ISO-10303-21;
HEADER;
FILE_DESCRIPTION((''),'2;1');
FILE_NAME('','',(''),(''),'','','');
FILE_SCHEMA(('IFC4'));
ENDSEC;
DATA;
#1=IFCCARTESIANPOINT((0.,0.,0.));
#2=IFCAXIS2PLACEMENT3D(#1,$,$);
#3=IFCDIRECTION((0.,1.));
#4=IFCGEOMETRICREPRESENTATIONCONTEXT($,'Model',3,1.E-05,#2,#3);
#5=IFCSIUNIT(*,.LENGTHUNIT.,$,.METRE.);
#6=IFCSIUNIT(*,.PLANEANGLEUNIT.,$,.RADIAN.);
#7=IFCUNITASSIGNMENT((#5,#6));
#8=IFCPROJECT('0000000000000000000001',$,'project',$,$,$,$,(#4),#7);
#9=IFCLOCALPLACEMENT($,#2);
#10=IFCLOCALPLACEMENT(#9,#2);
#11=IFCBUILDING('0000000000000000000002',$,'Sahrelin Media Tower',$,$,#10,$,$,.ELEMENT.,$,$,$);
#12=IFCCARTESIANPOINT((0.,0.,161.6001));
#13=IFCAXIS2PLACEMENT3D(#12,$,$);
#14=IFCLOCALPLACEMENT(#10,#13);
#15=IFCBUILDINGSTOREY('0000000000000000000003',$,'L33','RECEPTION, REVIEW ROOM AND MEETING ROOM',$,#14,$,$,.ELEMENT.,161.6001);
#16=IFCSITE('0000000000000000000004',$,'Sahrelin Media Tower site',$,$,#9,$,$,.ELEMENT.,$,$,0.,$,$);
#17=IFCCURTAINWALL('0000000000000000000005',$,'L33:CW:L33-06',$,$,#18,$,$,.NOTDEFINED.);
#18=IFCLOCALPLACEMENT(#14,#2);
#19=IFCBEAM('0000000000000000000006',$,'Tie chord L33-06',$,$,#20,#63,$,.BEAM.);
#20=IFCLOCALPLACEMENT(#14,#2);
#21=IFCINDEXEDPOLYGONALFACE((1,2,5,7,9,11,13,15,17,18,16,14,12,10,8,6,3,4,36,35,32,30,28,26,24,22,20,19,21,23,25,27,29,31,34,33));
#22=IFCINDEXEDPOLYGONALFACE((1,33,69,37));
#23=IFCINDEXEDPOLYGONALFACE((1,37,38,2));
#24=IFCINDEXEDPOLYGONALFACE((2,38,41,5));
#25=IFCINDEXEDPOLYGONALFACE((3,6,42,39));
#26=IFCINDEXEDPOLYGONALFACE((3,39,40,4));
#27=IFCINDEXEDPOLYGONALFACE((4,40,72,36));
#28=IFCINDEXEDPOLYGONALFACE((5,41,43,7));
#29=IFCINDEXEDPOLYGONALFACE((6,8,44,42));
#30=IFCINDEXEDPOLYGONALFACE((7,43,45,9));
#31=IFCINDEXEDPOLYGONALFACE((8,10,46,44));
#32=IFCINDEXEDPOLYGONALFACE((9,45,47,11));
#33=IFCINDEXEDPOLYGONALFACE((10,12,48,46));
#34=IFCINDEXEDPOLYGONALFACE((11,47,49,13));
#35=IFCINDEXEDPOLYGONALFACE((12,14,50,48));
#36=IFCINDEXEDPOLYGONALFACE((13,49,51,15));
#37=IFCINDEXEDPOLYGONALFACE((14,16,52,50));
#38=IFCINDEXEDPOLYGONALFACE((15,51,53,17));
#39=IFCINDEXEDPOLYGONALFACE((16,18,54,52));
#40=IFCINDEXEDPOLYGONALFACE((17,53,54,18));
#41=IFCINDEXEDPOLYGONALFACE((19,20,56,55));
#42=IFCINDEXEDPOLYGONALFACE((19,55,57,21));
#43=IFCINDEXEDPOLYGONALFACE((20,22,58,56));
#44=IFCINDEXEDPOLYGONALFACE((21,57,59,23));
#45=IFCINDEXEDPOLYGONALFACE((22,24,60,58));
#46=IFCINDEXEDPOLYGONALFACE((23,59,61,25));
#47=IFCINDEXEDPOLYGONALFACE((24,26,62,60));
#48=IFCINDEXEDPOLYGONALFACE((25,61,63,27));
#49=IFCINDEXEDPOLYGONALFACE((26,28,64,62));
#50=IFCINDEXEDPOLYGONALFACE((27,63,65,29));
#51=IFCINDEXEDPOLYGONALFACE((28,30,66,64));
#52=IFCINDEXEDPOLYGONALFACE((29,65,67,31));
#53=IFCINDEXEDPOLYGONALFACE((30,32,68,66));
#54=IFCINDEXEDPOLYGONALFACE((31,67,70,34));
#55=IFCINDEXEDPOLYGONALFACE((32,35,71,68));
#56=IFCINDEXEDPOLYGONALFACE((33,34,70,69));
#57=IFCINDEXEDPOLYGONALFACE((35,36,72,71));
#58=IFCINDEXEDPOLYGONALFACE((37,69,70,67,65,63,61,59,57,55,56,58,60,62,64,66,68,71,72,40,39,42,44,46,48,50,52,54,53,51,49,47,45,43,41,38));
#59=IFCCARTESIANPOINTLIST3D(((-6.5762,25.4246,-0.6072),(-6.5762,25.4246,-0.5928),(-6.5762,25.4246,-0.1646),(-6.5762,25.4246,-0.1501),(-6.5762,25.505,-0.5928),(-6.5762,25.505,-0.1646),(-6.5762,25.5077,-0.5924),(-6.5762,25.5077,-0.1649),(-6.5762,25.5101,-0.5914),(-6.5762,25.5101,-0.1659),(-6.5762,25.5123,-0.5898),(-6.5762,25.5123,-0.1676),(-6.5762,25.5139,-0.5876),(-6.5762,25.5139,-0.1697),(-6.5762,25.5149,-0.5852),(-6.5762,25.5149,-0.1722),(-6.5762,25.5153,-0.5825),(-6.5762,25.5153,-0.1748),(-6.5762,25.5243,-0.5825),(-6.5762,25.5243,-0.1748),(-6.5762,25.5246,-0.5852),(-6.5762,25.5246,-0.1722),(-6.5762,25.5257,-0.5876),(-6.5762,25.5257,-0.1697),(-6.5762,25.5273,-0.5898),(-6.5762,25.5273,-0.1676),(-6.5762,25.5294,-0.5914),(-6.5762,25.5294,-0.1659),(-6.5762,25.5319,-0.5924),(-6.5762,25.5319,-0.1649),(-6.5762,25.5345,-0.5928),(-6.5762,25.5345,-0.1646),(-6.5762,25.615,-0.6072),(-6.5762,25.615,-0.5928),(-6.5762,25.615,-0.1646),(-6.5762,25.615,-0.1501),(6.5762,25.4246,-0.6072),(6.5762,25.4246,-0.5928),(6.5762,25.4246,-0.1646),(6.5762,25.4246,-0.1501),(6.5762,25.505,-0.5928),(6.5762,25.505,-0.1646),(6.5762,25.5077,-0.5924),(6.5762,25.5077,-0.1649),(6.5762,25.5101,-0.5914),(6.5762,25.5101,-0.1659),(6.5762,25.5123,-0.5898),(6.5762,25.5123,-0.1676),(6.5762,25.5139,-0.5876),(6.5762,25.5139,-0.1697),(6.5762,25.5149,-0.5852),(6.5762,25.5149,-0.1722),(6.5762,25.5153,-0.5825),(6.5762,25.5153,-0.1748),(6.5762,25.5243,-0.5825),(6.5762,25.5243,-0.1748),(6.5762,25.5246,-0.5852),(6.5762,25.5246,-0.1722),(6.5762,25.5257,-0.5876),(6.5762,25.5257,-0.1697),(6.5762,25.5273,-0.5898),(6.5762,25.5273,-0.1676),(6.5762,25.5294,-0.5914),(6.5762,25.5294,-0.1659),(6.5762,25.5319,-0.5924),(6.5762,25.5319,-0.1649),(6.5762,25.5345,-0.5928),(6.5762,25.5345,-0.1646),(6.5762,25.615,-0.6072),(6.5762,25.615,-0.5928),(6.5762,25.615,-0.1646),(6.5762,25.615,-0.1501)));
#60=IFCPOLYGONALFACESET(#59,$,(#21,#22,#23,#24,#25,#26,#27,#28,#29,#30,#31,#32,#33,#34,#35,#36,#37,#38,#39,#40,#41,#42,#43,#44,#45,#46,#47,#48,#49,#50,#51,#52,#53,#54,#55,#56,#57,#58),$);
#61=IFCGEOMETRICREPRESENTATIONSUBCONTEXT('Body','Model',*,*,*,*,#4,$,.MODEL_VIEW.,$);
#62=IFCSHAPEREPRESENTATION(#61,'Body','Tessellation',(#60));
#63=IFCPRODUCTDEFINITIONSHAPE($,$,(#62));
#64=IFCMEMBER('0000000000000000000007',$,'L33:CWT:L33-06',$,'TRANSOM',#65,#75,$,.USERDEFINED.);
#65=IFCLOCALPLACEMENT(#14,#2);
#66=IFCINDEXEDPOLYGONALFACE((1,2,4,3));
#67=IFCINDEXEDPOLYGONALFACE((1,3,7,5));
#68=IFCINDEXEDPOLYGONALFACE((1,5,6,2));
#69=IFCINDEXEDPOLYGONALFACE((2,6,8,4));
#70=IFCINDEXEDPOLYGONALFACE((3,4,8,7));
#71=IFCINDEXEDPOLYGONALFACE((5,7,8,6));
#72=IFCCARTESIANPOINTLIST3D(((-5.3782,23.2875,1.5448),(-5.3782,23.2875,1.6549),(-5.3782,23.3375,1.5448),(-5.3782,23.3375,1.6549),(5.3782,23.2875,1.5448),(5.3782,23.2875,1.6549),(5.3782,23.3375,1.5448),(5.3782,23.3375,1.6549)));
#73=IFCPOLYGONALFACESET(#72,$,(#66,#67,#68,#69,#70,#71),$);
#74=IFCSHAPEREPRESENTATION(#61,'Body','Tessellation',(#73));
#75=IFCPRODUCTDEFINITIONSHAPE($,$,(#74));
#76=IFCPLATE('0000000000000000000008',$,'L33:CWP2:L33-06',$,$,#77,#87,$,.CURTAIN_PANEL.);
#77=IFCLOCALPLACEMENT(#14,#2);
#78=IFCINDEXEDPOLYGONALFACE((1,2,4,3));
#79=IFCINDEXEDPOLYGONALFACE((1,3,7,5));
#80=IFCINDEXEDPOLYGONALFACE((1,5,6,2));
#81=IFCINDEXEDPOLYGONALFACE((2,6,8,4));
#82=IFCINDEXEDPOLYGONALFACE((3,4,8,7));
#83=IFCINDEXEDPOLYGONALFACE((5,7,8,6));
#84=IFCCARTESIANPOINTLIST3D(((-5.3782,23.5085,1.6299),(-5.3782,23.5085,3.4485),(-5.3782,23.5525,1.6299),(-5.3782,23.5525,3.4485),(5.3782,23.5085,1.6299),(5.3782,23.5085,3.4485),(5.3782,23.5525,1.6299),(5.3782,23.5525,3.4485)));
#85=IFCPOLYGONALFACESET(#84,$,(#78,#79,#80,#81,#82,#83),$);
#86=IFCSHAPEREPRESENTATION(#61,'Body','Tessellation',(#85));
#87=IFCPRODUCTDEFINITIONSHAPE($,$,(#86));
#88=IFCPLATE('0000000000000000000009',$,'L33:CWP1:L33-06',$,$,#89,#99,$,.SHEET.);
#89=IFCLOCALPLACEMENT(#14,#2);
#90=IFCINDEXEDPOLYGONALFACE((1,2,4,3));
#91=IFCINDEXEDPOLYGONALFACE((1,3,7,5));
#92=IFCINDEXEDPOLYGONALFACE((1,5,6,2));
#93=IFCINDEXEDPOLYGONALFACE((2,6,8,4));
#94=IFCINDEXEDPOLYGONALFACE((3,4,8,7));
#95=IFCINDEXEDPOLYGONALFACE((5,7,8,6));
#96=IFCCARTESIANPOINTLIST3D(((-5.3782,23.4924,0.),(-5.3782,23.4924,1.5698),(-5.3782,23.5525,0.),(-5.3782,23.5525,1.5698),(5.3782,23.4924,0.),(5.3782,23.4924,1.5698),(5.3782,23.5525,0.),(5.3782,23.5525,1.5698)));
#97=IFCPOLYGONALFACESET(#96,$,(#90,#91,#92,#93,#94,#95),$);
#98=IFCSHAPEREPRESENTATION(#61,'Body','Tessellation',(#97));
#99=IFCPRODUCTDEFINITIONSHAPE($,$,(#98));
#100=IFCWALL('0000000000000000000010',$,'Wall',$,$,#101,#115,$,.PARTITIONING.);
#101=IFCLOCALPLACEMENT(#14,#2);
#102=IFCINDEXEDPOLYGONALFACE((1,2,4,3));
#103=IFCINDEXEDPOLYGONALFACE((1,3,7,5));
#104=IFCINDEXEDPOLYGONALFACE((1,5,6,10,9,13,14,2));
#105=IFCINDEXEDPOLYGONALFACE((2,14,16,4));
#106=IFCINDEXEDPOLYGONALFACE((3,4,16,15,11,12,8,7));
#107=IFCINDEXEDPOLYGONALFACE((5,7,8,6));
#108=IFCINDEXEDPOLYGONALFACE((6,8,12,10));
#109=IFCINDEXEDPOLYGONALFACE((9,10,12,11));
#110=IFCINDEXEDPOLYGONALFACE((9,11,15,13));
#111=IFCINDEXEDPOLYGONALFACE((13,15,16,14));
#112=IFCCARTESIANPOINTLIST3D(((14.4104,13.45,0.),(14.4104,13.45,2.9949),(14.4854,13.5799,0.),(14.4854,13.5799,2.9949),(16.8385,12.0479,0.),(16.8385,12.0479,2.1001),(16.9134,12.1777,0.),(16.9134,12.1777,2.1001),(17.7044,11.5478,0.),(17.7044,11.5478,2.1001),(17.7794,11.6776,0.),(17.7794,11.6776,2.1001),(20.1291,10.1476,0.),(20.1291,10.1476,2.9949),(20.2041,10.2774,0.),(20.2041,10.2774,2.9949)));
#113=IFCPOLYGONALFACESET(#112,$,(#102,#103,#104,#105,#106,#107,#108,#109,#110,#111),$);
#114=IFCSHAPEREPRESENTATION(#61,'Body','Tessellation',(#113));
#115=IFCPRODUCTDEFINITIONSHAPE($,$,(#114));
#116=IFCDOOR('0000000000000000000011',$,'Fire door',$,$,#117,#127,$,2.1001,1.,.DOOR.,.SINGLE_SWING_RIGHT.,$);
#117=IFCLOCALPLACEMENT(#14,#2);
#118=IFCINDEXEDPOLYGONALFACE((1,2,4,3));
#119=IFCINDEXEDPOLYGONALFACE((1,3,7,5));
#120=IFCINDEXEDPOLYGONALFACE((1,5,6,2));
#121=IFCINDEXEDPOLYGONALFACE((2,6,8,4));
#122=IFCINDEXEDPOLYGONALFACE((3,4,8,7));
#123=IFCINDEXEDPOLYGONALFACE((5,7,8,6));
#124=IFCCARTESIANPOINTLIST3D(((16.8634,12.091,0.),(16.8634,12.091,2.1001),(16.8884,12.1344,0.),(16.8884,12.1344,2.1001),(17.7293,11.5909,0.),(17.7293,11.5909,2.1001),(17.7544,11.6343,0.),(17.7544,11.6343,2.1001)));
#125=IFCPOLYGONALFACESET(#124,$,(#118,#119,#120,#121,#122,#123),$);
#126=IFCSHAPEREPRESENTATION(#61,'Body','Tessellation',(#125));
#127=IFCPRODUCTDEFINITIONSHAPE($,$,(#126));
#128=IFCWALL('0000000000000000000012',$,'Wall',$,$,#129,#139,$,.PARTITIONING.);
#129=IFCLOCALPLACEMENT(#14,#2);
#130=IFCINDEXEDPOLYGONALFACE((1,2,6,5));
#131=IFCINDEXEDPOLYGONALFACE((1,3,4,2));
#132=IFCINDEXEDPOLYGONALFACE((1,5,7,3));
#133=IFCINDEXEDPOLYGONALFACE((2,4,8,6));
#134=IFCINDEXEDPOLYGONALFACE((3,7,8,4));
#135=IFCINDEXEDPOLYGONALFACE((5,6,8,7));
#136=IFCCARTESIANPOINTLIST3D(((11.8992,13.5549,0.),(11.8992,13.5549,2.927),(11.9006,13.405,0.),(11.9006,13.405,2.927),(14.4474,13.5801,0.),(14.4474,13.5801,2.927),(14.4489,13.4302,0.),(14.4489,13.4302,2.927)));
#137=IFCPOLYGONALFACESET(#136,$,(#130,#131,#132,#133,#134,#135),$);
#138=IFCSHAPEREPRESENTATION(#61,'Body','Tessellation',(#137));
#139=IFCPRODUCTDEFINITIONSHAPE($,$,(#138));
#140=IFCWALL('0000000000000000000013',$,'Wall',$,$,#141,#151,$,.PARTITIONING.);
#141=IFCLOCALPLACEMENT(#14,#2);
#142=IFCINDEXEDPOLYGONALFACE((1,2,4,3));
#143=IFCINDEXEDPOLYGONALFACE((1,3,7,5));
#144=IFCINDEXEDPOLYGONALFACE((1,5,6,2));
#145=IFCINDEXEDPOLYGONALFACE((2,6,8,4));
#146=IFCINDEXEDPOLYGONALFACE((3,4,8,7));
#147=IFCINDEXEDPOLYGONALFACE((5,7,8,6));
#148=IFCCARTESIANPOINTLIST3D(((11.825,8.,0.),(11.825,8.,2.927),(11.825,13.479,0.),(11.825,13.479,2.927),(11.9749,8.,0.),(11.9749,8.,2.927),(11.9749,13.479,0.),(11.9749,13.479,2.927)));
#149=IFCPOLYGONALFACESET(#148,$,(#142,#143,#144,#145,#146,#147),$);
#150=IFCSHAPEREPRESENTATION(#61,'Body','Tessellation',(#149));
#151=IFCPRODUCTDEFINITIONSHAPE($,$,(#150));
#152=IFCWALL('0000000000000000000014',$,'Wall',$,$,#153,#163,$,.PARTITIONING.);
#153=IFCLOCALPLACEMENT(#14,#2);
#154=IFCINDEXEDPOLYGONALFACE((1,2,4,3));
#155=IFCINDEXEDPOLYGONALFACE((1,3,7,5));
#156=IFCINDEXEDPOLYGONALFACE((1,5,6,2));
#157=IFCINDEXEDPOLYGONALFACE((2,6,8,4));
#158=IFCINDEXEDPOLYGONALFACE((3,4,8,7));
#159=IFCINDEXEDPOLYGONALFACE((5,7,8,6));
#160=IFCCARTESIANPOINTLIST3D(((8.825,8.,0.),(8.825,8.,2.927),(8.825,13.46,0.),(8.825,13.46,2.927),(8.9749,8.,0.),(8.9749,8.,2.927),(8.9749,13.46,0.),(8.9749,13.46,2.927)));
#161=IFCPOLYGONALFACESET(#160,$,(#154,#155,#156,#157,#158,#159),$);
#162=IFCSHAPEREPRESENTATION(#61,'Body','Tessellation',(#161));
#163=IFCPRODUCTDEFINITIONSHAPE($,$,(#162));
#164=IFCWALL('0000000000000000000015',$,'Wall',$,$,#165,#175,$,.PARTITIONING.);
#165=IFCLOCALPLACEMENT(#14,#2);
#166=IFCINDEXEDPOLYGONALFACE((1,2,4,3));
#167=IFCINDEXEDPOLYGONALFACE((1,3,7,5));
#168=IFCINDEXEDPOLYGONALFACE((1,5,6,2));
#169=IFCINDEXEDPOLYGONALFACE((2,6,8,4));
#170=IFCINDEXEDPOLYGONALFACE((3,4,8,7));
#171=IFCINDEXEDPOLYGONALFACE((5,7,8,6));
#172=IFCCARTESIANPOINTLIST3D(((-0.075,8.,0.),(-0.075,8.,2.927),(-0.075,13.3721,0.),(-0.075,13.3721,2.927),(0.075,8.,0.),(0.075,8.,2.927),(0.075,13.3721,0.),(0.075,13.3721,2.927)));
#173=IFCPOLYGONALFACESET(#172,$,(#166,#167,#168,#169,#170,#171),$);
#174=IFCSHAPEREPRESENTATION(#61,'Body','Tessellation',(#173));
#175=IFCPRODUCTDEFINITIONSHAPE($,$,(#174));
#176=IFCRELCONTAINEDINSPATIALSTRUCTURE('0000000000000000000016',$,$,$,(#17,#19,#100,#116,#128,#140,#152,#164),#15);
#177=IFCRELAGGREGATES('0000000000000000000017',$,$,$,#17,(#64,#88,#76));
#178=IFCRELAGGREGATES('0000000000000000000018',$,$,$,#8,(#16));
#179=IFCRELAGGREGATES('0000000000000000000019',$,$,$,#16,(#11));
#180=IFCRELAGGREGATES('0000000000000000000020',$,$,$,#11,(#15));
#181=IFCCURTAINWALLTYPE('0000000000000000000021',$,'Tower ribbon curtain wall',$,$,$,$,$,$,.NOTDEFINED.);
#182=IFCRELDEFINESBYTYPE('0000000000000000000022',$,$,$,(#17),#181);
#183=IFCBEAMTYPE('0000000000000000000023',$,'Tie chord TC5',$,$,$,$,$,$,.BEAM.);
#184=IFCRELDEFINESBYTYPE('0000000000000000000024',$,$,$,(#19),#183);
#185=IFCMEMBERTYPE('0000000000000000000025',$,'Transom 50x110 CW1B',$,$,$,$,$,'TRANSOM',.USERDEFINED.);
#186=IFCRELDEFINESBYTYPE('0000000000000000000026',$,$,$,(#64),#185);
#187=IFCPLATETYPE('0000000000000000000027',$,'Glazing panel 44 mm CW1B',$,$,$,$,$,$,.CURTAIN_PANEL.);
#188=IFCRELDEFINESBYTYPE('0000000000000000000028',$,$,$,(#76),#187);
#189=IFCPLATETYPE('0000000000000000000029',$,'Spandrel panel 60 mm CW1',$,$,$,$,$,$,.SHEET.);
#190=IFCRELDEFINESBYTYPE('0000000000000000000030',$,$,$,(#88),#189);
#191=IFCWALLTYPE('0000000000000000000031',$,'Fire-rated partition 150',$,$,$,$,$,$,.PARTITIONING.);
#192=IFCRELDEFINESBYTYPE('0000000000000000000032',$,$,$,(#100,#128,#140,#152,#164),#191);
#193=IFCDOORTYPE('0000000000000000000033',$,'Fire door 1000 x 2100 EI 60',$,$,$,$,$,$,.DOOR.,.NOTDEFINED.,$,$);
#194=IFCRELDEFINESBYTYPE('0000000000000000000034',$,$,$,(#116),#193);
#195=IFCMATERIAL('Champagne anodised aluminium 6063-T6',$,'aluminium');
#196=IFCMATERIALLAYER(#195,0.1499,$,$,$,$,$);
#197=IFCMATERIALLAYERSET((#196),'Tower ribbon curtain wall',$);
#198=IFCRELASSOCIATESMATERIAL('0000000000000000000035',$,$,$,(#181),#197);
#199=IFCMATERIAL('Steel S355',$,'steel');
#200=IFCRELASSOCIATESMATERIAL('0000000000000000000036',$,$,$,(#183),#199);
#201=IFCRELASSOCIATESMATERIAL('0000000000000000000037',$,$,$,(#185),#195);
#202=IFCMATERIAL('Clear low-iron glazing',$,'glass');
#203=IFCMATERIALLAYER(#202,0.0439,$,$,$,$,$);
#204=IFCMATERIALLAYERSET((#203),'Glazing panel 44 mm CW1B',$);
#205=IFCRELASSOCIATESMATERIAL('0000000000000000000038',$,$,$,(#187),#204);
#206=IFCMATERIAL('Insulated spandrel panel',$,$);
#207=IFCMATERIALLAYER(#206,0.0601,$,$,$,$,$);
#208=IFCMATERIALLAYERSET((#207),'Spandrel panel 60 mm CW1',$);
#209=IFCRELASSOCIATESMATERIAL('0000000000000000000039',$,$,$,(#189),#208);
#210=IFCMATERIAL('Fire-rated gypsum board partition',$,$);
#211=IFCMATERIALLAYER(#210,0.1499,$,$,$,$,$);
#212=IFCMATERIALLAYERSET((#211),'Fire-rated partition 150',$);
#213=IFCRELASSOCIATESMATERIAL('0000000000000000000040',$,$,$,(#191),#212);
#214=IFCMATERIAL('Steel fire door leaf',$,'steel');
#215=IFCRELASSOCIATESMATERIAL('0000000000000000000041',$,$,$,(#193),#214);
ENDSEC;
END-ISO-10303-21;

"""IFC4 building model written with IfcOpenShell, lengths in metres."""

from ifc_helpers import new_model, si_unit, direction, frame, frame_2d, origin, origin_2d, place, context, subcontext, project, spatial, polyline, rectangle, i_section, outline, extrude, material, layer, layer_set, material_profile, profile_set, type_object, element, fill, aggregate, save


model = new_model("IFC4")

# Units and contexts
model_context = context("Model", 3, precision=1e-05, world=origin(), true_north=direction((0.0, 1.0)))
body_context = subcontext(model_context, "Body", "Model", "MODEL_VIEW")
ifc_project = project(units=[si_unit("LENGTHUNIT", "METRE"), si_unit("PLANEANGLEUNIT", "RADIAN")], contexts=[model_context])

# Site, building, storey
site_placement = place(None, origin())
site = spatial("IfcSite", under=ifc_project, at=site_placement, Name="Sahrelin Media Tower site", CompositionType="ELEMENT", RefElevation=0.0)
building_placement = place(site_placement, origin())
building = spatial("IfcBuilding", under=site, at=building_placement, Name="Sahrelin Media Tower", CompositionType="ELEMENT")
storey_placement = place(building_placement, frame((0.0, 0.0, 161.6001)))
storey = spatial("IfcBuildingStorey", under=building, at=storey_placement, Name="L33", Description="RECEPTION, REVIEW ROOM AND MEETING ROOM", CompositionType="ELEMENT", Elevation=161.6001)

# Shared definitions
ifc_material_1 = material(Name="Steel S355", Category="steel")

# Curtain wall
ifc_material_2 = material(Name="Champagne anodised aluminium 6063-T6", Category="aluminium")
ifc_layer_1 = layer(ifc_material_2, 0.1499)
ifc_layer_set_1 = layer_set([ifc_layer_1], Name="Tower ribbon curtain wall")
curtain_wall_type = type_object("IfcCurtainWallType", Name="Tower ribbon curtain wall", PredefinedType="NOTDEFINED", material=ifc_layer_set_1)
placement_1 = place(storey_placement, frame((0.0, 23.5325, 0.0), z_axis=(0.0, 0.0, 1.0), x_axis=(1.0, 0.0, 0.0)))
curtain_wall_1 = element("IfcCurtainWall", 1, at=placement_1, inside=storey, type_object=curtain_wall_type, Name="L33:CW:L33-06", PredefinedType="NOTDEFINED")

# Beam
ifc_material_profile_1 = material_profile(ifc_material_1, i_section(OverallWidth=0.1904, OverallDepth=0.457, WebThickness=0.009, FlangeThickness=0.0144, FilletRadius=0.0103, at=origin_2d()), Name="UB 457x191x74")
ifc_profile_set_1 = profile_set([ifc_material_profile_1], Name="Steel S355")
beam_type_1 = type_object("IfcBeamType", Name="Tie chord TC5", PredefinedType="BEAM", material=ifc_profile_set_1)
beam_1_placement = place(storey_placement, frame((6.5762, 25.5198, -0.3787), z_axis=(-1.0, 0.0, 0.0), x_axis=(0.0, -1.0, 0.0)))
element("IfcBeam", 2, at=beam_1_placement, inside=storey, type_object=beam_type_1, Name="Tie chord L33-06", PredefinedType="BEAM", context=body_context, shape_type="SweptSolid", body=[
    extrude(i_section(OverallWidth=0.1904, OverallDepth=0.457, WebThickness=0.009, FlangeThickness=0.0144, FilletRadius=0.0103, at=origin_2d()), origin(), (0.0, 0.0, 1.0), 13.1523),
])

# Member
ifc_material_profile_2 = material_profile(ifc_material_2, rectangle(XDim=0.05, YDim=0.1101, at=origin_2d()), Name="Transom 50x110")
ifc_profile_set_2 = profile_set([ifc_material_profile_2], Name="Champagne anodised aluminium 6063-T6")
member_type_1 = type_object("IfcMemberType", Name="Transom 50x110 CW1B", ElementType="TRANSOM", PredefinedType="USERDEFINED", material=ifc_profile_set_2)
member_1_placement = place(storey_placement, frame((5.3782, 23.3125, 1.5999), z_axis=(-1.0, 0.0, 0.0), x_axis=(0.0, -1.0, 0.0)))
member_1 = element("IfcMember", 3, at=member_1_placement, type_object=member_type_1, Name="L33:CWT:L33-06", ObjectType="TRANSOM", PredefinedType="USERDEFINED", context=body_context, shape_type="SweptSolid", body=[
    extrude(rectangle(XDim=0.05, YDim=0.1101, at=origin_2d()), origin(), (0.0, 0.0, 1.0), 10.7563),
])

# Plates
ifc_material_3 = material(Name="Clear low-iron glazing", Category="glass")
ifc_layer_2 = layer(ifc_material_3, 0.0439)
ifc_layer_set_2 = layer_set([ifc_layer_2], Name="Glazing panel 44 mm CW1B")
plate_type_1 = type_object("IfcPlateType", Name="Glazing panel 44 mm CW1B", PredefinedType="CURTAIN_PANEL", material=ifc_layer_set_2)
plate_1_placement = place(storey_placement, frame((5.3782, 23.5525, 1.6299), z_axis=(0.0, 1.0, 0.0), x_axis=(-1.0, 0.0, 0.0)))
plate_1 = element("IfcPlate", 4, at=plate_1_placement, type_object=plate_type_1, Name="L33:CWP2:L33-06", PredefinedType="CURTAIN_PANEL", context=body_context, shape_type="SweptSolid", body=[
    extrude(outline(polyline([(0.0, 0.0), (10.7563, 0.0), (10.7563, 1.8186), (0.0, 1.8186), (0.0, 0.0)])), origin(), (0.0, 0.0, -1.0), 0.0439),
])
ifc_material_4 = material(Name="Insulated spandrel panel")
ifc_layer_3 = layer(ifc_material_4, 0.0601)
ifc_layer_set_3 = layer_set([ifc_layer_3], Name="Spandrel panel 60 mm CW1")
plate_type_2 = type_object("IfcPlateType", Name="Spandrel panel 60 mm CW1", PredefinedType="SHEET", material=ifc_layer_set_3)
plate_2_placement = place(storey_placement, frame((5.3782, 23.5525, 0.0), z_axis=(0.0, 1.0, 0.0), x_axis=(-1.0, 0.0, 0.0)))
plate_2 = element("IfcPlate", 5, at=plate_2_placement, type_object=plate_type_2, Name="L33:CWP1:L33-06", PredefinedType="SHEET", context=body_context, shape_type="SweptSolid", body=[
    extrude(outline(polyline([(0.0, 0.0), (10.7563, 0.0), (10.7563, 1.5698), (0.0, 1.5698), (0.0, 0.0)])), origin(), (0.0, 0.0, -1.0), 0.0601),
])
aggregate(curtain_wall_1, [member_1, plate_2, plate_1])

# Wall, opening, door
ifc_material_5 = material(Name="Fire-rated gypsum board partition")
ifc_layer_4 = layer(ifc_material_5, 0.1499)
ifc_layer_set_4 = layer_set([ifc_layer_4], Name="Fire-rated partition 150")
wall_type_1 = type_object("IfcWallType", Name="Fire-rated partition 150", PredefinedType="PARTITIONING", material=ifc_layer_set_4)
wall_1_placement = place(storey_placement, frame((14.448, 13.5149, 0.0), z_axis=(0.0, 0.0, 1.0), x_axis=(0.865975, -0.500087, 0.0)))
wall_1 = element("IfcWall", 6, at=wall_1_placement, inside=storey, type_object=wall_type_1, Name="Wall", PredefinedType="PARTITIONING", context=body_context, shape_type="SweptSolid", body=[
    extrude(rectangle(XDim=6.6038, YDim=0.1499, at=frame_2d((3.3018, 0.0))), origin(), (0.0, 0.0, 1.0), 2.9949),
])
opening_placement = place(wall_1_placement, frame((2.8037, 0.0, 0.0)))
opening = element("IfcOpeningElement", 7, at=opening_placement, cuts=wall_1, PredefinedType="OPENING", context=body_context, shape_type="SweptSolid", body=[
    extrude(rectangle(XDim=1.0, YDim=2.1001, at=frame_2d((0.5, 1.05))), frame((0.0, 0.075, 0.0), z_axis=(0.0, -1.0, 0.0), x_axis=(1.0, 0.0, 0.0)), (0.0, 0.0, 1.0), 0.1499),
])
ifc_material_6 = material(Name="Steel fire door leaf", Category="steel")
door_type = type_object("IfcDoorType", Name="Fire door 1000 x 2100 EI 60", OperationType="NOTDEFINED", PredefinedType="DOOR", material=ifc_material_6)
door_placement = place(opening_placement, origin())
door = element("IfcDoor", 8, at=door_placement, inside=storey, type_object=door_type, Name="Fire door", OperationType="SINGLE_SWING_RIGHT", OverallHeight=2.1001, OverallWidth=1.0, PredefinedType="DOOR", context=body_context, shape_type="SweptSolid", body=[
    extrude(rectangle(XDim=1.0, YDim=2.1001, at=frame_2d((0.5, 1.05))), frame((0.0, 0.0249, 0.0), z_axis=(0.0, -1.0, 0.0), x_axis=(1.0, 0.0, 0.0)), (0.0, 0.0, 1.0), 0.05),
])
fill(opening, door)

# Walls
wall_2_placement = place(storey_placement, frame((11.8999, 13.48, 0.0), z_axis=(0.0, 0.0, 1.0), x_axis=(0.999951, 0.009868, 0.0)))
element("IfcWall", 9, at=wall_2_placement, inside=storey, type_object=wall_type_1, Name="Wall", PredefinedType="PARTITIONING", context=body_context, shape_type="SweptSolid", body=[
    extrude(rectangle(XDim=2.5483, YDim=0.1499, at=frame_2d((1.2742, 0.0))), origin(), (0.0, 0.0, 1.0), 2.927),
])
wall_3_placement = place(storey_placement, frame((11.8999, 8.0, 0.0), z_axis=(0.0, 0.0, 1.0), x_axis=(0.0, 1.0, 0.0)))
element("IfcWall", 10, at=wall_3_placement, inside=storey, type_object=wall_type_1, Name="Wall", PredefinedType="PARTITIONING", context=body_context, shape_type="SweptSolid", body=[
    extrude(rectangle(XDim=5.479, YDim=0.1499, at=frame_2d((2.7395, 0.0))), origin(), (0.0, 0.0, 1.0), 2.927),
])
wall_4_placement = place(storey_placement, frame((8.8999, 8.0, 0.0), z_axis=(0.0, 0.0, 1.0), x_axis=(0.0, 1.0, 0.0)))
element("IfcWall", 11, at=wall_4_placement, inside=storey, type_object=wall_type_1, Name="Wall", PredefinedType="PARTITIONING", context=body_context, shape_type="SweptSolid", body=[
    extrude(rectangle(XDim=5.46, YDim=0.1499, at=frame_2d((2.73, 0.0))), origin(), (0.0, 0.0, 1.0), 2.927),
])
wall_5_placement = place(storey_placement, frame((0.0, 8.0, 0.0), z_axis=(0.0, 0.0, 1.0), x_axis=(0.0, 1.0, 0.0)))
element("IfcWall", 12, at=wall_5_placement, inside=storey, type_object=wall_type_1, Name="Wall", PredefinedType="PARTITIONING", context=body_context, shape_type="SweptSolid", body=[
    extrude(rectangle(XDim=5.3721, YDim=0.1499, at=frame_2d((2.686, 0.0))), origin(), (0.0, 0.0, 1.0), 2.927),
])

save(model, "model.ifc")
